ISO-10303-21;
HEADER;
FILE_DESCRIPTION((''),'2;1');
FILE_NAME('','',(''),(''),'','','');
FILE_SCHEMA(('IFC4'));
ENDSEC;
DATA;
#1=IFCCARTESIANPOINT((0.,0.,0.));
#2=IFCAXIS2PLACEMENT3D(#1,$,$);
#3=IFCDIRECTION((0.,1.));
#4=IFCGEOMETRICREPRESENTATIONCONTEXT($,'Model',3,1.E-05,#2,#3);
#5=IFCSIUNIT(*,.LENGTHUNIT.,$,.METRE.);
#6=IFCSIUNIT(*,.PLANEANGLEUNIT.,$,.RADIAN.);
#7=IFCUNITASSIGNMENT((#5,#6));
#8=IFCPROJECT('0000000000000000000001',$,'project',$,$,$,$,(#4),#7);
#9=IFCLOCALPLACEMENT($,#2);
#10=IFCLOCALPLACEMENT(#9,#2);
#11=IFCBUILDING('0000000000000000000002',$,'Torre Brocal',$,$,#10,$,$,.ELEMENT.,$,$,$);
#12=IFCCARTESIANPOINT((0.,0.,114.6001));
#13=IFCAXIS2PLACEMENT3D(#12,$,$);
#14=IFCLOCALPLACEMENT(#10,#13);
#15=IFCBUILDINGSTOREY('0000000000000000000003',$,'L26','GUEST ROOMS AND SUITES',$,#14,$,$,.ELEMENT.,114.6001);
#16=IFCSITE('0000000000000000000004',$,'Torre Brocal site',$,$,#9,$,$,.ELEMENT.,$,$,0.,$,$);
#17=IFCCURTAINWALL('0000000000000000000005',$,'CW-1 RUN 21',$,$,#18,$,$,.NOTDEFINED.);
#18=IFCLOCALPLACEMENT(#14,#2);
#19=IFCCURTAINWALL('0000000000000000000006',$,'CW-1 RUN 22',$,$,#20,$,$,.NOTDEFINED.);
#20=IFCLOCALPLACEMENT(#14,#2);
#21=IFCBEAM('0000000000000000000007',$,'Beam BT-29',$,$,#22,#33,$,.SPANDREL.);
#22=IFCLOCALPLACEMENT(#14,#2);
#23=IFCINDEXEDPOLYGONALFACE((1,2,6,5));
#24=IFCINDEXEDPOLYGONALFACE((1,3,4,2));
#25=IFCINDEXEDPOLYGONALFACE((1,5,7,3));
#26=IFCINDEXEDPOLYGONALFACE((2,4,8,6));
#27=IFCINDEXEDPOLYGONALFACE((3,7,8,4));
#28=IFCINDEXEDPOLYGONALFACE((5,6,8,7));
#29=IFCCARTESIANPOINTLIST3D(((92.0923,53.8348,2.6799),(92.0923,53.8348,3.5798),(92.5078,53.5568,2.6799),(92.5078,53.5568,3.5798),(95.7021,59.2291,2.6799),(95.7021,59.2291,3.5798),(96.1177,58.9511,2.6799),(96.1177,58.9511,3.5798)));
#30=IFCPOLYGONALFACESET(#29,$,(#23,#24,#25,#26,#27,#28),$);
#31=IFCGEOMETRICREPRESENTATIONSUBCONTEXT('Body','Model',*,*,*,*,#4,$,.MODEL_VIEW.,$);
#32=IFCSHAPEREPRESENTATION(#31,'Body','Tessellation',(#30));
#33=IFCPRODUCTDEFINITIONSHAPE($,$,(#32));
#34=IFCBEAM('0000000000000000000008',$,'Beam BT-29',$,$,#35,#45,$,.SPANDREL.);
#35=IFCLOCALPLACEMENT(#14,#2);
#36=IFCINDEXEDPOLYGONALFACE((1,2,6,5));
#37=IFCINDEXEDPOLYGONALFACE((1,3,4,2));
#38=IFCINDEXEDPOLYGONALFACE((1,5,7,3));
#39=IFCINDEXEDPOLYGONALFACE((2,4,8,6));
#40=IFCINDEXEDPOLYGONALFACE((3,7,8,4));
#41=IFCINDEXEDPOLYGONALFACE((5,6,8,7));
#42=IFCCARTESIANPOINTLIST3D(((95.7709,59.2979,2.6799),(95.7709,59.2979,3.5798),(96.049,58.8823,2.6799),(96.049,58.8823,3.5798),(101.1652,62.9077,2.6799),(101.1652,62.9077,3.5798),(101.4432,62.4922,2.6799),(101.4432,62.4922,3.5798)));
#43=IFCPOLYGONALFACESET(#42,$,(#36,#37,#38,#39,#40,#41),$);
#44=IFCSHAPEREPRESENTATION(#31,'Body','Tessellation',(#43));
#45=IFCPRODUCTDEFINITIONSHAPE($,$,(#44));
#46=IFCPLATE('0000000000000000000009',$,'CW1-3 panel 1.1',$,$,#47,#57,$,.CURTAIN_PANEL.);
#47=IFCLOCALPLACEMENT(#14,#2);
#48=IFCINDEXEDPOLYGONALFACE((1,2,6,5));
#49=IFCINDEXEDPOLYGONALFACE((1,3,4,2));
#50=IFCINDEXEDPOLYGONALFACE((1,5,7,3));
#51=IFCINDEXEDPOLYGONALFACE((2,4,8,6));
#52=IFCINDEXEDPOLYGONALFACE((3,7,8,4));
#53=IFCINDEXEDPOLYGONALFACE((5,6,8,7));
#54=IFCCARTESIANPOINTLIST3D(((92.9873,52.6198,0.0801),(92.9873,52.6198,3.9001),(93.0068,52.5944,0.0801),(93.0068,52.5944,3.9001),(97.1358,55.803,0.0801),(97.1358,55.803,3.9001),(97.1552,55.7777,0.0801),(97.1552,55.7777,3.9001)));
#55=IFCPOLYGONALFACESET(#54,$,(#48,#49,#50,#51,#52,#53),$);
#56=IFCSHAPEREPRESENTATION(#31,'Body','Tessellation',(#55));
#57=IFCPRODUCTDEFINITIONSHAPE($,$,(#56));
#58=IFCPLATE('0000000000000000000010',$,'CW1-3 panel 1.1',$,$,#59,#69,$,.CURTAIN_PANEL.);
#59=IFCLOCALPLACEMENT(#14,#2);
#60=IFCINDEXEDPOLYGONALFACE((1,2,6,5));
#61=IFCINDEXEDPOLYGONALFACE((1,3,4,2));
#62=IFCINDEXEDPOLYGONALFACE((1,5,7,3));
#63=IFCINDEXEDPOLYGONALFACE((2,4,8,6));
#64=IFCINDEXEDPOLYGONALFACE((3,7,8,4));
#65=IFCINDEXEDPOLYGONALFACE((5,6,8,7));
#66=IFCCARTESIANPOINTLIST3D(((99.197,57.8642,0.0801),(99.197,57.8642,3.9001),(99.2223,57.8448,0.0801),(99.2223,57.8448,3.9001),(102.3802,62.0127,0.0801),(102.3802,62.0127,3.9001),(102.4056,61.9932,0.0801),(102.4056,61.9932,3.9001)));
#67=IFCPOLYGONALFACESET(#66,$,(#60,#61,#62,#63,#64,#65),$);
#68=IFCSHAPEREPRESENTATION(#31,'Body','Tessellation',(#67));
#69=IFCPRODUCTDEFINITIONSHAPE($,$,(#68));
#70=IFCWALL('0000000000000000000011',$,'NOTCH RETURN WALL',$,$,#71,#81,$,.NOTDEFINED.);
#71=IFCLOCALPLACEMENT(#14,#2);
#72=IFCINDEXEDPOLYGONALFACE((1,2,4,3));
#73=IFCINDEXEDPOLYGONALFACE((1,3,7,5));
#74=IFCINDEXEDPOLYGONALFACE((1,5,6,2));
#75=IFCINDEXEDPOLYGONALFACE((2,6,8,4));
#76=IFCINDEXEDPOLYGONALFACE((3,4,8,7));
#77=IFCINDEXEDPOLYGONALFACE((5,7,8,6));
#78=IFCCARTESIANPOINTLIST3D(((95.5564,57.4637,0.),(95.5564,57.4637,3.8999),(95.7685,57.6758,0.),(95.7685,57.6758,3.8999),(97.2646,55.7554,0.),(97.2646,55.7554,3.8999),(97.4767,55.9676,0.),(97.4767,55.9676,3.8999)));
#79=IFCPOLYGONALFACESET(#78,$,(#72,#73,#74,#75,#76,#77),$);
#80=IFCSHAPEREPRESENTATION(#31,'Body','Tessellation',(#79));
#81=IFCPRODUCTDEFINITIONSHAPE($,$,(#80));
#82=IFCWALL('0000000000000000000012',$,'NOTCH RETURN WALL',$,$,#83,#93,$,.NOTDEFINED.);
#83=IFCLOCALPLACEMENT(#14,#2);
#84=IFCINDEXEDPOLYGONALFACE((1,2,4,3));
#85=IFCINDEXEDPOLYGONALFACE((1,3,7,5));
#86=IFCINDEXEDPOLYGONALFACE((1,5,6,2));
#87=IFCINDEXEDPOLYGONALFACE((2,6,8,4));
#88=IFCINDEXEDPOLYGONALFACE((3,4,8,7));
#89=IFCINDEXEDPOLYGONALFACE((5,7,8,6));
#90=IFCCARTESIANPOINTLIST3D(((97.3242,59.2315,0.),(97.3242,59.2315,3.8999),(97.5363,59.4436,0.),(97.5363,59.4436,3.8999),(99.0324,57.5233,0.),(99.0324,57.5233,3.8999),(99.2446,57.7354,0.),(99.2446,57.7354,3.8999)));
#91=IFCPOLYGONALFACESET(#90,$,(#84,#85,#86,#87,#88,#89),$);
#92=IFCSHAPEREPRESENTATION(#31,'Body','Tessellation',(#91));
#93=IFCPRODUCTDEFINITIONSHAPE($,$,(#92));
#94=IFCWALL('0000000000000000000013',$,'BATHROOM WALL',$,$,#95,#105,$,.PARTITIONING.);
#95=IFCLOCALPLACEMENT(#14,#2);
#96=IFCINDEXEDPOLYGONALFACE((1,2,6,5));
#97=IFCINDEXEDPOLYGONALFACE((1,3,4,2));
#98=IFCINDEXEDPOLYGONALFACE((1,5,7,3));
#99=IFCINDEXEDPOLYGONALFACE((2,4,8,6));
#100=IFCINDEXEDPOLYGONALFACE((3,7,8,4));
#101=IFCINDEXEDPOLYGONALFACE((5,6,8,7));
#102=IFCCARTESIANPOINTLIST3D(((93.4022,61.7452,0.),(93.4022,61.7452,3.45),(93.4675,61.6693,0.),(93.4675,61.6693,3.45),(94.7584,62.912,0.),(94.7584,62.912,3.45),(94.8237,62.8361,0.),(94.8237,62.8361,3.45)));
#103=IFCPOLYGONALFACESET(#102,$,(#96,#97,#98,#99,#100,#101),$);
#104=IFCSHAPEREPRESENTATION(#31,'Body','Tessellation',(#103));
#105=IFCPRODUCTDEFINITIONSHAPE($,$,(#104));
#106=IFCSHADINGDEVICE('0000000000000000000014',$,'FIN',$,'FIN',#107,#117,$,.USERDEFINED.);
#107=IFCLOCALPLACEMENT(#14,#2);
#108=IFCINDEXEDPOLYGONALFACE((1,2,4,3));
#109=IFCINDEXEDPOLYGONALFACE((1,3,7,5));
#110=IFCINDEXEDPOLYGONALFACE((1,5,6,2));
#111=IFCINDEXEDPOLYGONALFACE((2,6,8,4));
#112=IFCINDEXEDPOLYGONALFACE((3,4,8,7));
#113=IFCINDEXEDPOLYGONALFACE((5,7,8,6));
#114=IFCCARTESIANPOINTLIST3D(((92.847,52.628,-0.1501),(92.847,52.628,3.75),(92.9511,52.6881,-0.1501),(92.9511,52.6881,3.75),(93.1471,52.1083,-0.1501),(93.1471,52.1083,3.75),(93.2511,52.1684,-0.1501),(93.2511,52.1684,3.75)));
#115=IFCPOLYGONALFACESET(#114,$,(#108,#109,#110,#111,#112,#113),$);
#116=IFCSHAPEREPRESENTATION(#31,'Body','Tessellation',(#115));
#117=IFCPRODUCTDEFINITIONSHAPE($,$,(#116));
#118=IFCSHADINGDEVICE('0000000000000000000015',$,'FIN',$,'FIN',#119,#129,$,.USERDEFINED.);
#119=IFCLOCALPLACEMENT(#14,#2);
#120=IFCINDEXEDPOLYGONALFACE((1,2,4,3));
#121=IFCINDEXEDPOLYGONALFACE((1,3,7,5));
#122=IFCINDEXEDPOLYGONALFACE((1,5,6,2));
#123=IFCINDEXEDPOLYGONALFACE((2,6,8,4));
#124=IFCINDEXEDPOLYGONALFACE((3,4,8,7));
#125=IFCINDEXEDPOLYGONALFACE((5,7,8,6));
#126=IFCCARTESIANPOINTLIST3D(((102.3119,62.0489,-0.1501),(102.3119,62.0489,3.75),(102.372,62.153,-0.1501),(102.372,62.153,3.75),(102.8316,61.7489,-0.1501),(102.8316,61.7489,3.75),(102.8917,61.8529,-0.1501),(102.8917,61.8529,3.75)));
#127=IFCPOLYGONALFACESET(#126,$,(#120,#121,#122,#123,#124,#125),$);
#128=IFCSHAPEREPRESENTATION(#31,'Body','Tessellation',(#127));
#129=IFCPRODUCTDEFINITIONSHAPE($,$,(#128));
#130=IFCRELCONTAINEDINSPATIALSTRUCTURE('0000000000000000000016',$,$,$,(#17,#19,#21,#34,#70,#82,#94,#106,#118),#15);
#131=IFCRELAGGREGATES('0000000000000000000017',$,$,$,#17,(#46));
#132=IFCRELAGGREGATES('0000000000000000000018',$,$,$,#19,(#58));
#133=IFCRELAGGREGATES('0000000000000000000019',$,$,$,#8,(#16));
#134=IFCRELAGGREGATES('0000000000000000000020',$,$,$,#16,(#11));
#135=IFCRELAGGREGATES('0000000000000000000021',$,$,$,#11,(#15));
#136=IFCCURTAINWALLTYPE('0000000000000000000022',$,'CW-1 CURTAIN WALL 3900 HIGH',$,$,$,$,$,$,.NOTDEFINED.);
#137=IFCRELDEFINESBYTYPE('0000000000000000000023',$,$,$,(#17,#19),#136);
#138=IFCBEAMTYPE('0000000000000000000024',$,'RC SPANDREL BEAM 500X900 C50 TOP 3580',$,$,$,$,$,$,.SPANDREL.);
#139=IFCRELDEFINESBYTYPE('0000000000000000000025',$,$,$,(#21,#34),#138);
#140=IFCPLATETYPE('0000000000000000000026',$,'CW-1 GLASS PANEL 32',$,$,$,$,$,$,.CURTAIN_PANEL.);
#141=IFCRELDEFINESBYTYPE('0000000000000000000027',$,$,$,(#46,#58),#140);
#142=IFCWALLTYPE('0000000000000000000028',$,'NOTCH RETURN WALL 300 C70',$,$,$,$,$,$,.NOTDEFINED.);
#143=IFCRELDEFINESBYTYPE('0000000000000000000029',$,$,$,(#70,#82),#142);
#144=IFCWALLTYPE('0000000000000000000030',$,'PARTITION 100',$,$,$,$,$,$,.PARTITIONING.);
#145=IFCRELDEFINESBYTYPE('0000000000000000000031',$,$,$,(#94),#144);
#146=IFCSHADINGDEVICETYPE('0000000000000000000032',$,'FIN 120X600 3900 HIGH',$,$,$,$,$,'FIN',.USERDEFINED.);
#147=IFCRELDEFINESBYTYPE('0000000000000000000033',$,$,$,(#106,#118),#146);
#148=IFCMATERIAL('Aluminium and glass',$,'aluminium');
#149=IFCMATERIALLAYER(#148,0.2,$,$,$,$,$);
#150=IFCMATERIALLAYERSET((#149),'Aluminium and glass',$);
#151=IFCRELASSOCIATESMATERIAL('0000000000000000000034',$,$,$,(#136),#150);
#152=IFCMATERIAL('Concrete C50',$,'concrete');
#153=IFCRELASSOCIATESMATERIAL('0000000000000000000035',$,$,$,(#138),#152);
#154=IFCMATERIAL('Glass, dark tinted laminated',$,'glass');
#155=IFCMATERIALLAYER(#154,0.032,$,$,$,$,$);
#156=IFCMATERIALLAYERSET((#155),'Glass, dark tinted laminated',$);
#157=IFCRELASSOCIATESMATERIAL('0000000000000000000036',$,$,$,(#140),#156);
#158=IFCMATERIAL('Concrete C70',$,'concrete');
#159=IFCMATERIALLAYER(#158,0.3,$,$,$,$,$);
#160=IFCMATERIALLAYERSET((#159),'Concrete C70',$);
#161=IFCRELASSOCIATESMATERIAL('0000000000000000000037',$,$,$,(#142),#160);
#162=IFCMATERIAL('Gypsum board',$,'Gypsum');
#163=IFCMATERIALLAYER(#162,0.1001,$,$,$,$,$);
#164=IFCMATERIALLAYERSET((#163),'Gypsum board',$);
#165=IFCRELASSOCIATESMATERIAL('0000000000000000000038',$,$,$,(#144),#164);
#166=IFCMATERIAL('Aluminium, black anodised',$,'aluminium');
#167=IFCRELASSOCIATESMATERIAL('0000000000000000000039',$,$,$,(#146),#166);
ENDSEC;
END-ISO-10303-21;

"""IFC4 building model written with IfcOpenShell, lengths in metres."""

from ifc_helpers import new_model, si_unit, direction, frame, frame_2d, origin, origin_2d, place, context, subcontext, project, spatial, rectangle, extrude, material, layer, layer_set, material_profile, profile_set, type_object, element, aggregate, save


model = new_model("IFC4")

# Units and contexts
model_context = context("Model", 3, precision=1e-05, world=origin(), true_north=direction((0.0, 1.0)))
body_context = subcontext(model_context, "Body", "Model", "MODEL_VIEW")
ifc_project = project(units=[si_unit("LENGTHUNIT", "METRE"), si_unit("PLANEANGLEUNIT", "RADIAN")], contexts=[model_context])

# Site, building, storey
site_placement = place(None, origin())
site = spatial("IfcSite", under=ifc_project, at=site_placement, Name="Torre Brocal site", CompositionType="ELEMENT", RefElevation=0.0)
building_placement = place(site_placement, origin())
building = spatial("IfcBuilding", under=site, at=building_placement, Name="Torre Brocal", CompositionType="ELEMENT")
storey_placement = place(building_placement, frame((0.0, 0.0, 114.6001)))
storey = spatial("IfcBuildingStorey", under=building, at=storey_placement, Name="L26", Description="GUEST ROOMS AND SUITES", CompositionType="ELEMENT", Elevation=114.6001)

# Shared definitions
ifc_material_1 = material(Name="Aluminium and glass", Category="aluminium")
ifc_layer_1 = layer(ifc_material_1, 0.2)
ifc_layer_set_1 = layer_set([ifc_layer_1], Name="Aluminium and glass")
curtain_wall_type = type_object("IfcCurtainWallType", Name="CW-1 CURTAIN WALL 3900 HIGH", PredefinedType="NOTDEFINED", material=ifc_layer_set_1)

# Curtain walls
curtain_wall_1_placement = place(storey_placement, origin())
curtain_wall_1 = element("IfcCurtainWall", 1, at=curtain_wall_1_placement, inside=storey, type_object=curtain_wall_type, Name="CW-1 RUN 21", PredefinedType="NOTDEFINED")
curtain_wall_2_placement = place(storey_placement, origin())
curtain_wall_2 = element("IfcCurtainWall", 2, at=curtain_wall_2_placement, inside=storey, type_object=curtain_wall_type, Name="CW-1 RUN 22", PredefinedType="NOTDEFINED")

# Beams
ifc_material_2 = material(Name="Concrete C50", Category="concrete")
ifc_material_profile_1 = material_profile(ifc_material_2, rectangle(XDim=0.5, YDim=0.8999, at=origin_2d()), Name="RC 500X900")
ifc_profile_set_1 = profile_set([ifc_material_profile_1], Name="Concrete C50")
beam_type_1 = type_object("IfcBeamType", Name="RC SPANDREL BEAM 500X900 C50 TOP 3580", PredefinedType="SPANDREL", material=ifc_profile_set_1)
for number, where, z_axis, x_axis, name in (
    (3, (92.3, 53.6958, 3.1299), (0.556158, 0.831077, 0.0), (-0.831077, 0.556158, 0.0), "Beam BT-29"),
    (4, (95.9099, 59.0901, 3.1299), (0.831077, 0.556158, 0.0), (-0.556158, 0.831077, 0.0), "Beam BT-29"),
):
    element("IfcBeam", number, at=place(storey_placement, frame(where, z_axis=z_axis, x_axis=x_axis)), inside=storey, type_object=beam_type_1, Name=name, PredefinedType="SPANDREL", context=body_context, shape_type="SweptSolid", body=[
        extrude(rectangle(XDim=0.5, YDim=0.8999, at=origin_2d()), origin(), (0.0, 0.0, 1.0), 6.4907),
    ])

# Plates
ifc_material_3 = material(Name="Glass, dark tinted laminated", Category="glass")
ifc_layer_2 = layer(ifc_material_3, 0.032)
ifc_layer_set_2 = layer_set([ifc_layer_2], Name="Glass, dark tinted laminated")
plate_type = type_object("IfcPlateType", Name="CW-1 GLASS PANEL 32", PredefinedType="CURTAIN_PANEL", material=ifc_layer_set_2)
plate_1_placement = place(storey_placement, frame((95.0713, 54.1987, 0.0801), z_axis=(0.0, 0.0, 1.0), x_axis=(0.793353, 0.608761, 0.0)))
plate_1 = element("IfcPlate", 5, at=plate_1_placement, type_object=plate_type, Name="CW1-3 panel 1.1", PredefinedType="CURTAIN_PANEL", context=body_context, shape_type="SweptSolid", body=[
    extrude(rectangle(XDim=5.229, YDim=0.032, at=origin_2d()), origin(), (0.0, 0.0, 1.0), 3.8201),
])
aggregate(curtain_wall_1, [plate_1])
plate_2_placement = place(storey_placement, frame((100.8013, 59.9287, 0.0801), z_axis=(0.0, 0.0, 1.0), x_axis=(0.608761, 0.793353, 0.0)))
plate_2 = element("IfcPlate", 6, at=plate_2_placement, type_object=plate_type, Name="CW1-3 panel 1.1", PredefinedType="CURTAIN_PANEL", context=body_context, shape_type="SweptSolid", body=[
    extrude(rectangle(XDim=5.229, YDim=0.032, at=origin_2d()), origin(), (0.0, 0.0, 1.0), 3.8201),
])
aggregate(curtain_wall_2, [plate_2])

# Walls
ifc_material_4 = material(Name="Concrete C70", Category="concrete")
ifc_layer_3 = layer(ifc_material_4, 0.3)
ifc_layer_set_3 = layer_set([ifc_layer_3], Name="Concrete C70")
wall_type_1 = type_object("IfcWallType", Name="NOTCH RETURN WALL 300 C70", PredefinedType="NOTDEFINED", material=ifc_layer_set_3)
for number, where, z_axis, x_axis, name in (
    (7, (95.6624, 57.5698, 0.0), (0.0, 0.0, 1.0), (0.707107, -0.707107, 0.0), "NOTCH RETURN WALL"),
    (8, (97.4302, 59.3376, 0.0), (0.0, 0.0, 1.0), (0.707107, -0.707107, 0.0), "NOTCH RETURN WALL"),
):
    element("IfcWall", number, at=place(storey_placement, frame(where, z_axis=z_axis, x_axis=x_axis)), inside=storey, type_object=wall_type_1, Name=name, PredefinedType="NOTDEFINED", context=body_context, shape_type="SweptSolid", body=[
        extrude(rectangle(XDim=2.4158, YDim=0.3, at=frame_2d((1.208, 0.0))), origin(), (0.0, 0.0, 1.0), 3.8999),
    ])
ifc_material_5 = material(Name="Gypsum board", Category="Gypsum")
ifc_layer_4 = layer(ifc_material_5, 0.1001)
ifc_layer_set_4 = layer_set([ifc_layer_4], Name="Gypsum board")
wall_type_2 = type_object("IfcWallType", Name="PARTITION 100", PredefinedType="PARTITIONING", material=ifc_layer_set_4)
wall_placement = place(storey_placement, frame((93.4348, 61.7073, 0.0), z_axis=(0.0, 0.0, 1.0), x_axis=(0.75807, 0.652173, 0.0)))
element("IfcWall", 9, at=wall_placement, inside=storey, type_object=wall_type_2, Name="BATHROOM WALL", PredefinedType="PARTITIONING", context=body_context, shape_type="SweptSolid", body=[
    extrude(rectangle(XDim=1.7891, YDim=0.1001, at=frame_2d((0.8945, 0.0))), origin(), (0.0, 0.0, 1.0), 3.45),
])

# Shading devices
ifc_material_6 = material(Name="Aluminium, black anodised", Category="aluminium")
ifc_material_profile_2 = material_profile(ifc_material_6, rectangle(XDim=0.1201, YDim=0.6001, at=origin_2d()), Name="FIN 120X600 3900 HIGH")
ifc_profile_set_2 = profile_set([ifc_material_profile_2], Name="Aluminium, black anodised")
shading_device_type = type_object("IfcShadingDeviceType", Name="FIN 120X600 3900 HIGH", ElementType="FIN", PredefinedType="USERDEFINED", material=ifc_profile_set_2)
for number, where, z_axis, x_axis, name in (
    (10, (93.0491, 52.3982, -0.1501), (0.0, 0.0, 1.0), (0.866025, 0.5, 0.0), "FIN"),
    (11, (102.6018, 61.9509, -0.1501), (0.0, 0.0, 1.0), (0.5, 0.866025, 0.0), "FIN"),
):
    element("IfcShadingDevice", number, at=place(storey_placement, frame(where, z_axis=z_axis, x_axis=x_axis)), inside=storey, type_object=shading_device_type, Name=name, ObjectType="FIN", PredefinedType="USERDEFINED", context=body_context, shape_type="SweptSolid", body=[
        extrude(rectangle(XDim=0.1201, YDim=0.6001, at=origin_2d()), origin(), (0.0, 0.0, 1.0), 3.9001),
    ])

save(model, "model.ifc")
